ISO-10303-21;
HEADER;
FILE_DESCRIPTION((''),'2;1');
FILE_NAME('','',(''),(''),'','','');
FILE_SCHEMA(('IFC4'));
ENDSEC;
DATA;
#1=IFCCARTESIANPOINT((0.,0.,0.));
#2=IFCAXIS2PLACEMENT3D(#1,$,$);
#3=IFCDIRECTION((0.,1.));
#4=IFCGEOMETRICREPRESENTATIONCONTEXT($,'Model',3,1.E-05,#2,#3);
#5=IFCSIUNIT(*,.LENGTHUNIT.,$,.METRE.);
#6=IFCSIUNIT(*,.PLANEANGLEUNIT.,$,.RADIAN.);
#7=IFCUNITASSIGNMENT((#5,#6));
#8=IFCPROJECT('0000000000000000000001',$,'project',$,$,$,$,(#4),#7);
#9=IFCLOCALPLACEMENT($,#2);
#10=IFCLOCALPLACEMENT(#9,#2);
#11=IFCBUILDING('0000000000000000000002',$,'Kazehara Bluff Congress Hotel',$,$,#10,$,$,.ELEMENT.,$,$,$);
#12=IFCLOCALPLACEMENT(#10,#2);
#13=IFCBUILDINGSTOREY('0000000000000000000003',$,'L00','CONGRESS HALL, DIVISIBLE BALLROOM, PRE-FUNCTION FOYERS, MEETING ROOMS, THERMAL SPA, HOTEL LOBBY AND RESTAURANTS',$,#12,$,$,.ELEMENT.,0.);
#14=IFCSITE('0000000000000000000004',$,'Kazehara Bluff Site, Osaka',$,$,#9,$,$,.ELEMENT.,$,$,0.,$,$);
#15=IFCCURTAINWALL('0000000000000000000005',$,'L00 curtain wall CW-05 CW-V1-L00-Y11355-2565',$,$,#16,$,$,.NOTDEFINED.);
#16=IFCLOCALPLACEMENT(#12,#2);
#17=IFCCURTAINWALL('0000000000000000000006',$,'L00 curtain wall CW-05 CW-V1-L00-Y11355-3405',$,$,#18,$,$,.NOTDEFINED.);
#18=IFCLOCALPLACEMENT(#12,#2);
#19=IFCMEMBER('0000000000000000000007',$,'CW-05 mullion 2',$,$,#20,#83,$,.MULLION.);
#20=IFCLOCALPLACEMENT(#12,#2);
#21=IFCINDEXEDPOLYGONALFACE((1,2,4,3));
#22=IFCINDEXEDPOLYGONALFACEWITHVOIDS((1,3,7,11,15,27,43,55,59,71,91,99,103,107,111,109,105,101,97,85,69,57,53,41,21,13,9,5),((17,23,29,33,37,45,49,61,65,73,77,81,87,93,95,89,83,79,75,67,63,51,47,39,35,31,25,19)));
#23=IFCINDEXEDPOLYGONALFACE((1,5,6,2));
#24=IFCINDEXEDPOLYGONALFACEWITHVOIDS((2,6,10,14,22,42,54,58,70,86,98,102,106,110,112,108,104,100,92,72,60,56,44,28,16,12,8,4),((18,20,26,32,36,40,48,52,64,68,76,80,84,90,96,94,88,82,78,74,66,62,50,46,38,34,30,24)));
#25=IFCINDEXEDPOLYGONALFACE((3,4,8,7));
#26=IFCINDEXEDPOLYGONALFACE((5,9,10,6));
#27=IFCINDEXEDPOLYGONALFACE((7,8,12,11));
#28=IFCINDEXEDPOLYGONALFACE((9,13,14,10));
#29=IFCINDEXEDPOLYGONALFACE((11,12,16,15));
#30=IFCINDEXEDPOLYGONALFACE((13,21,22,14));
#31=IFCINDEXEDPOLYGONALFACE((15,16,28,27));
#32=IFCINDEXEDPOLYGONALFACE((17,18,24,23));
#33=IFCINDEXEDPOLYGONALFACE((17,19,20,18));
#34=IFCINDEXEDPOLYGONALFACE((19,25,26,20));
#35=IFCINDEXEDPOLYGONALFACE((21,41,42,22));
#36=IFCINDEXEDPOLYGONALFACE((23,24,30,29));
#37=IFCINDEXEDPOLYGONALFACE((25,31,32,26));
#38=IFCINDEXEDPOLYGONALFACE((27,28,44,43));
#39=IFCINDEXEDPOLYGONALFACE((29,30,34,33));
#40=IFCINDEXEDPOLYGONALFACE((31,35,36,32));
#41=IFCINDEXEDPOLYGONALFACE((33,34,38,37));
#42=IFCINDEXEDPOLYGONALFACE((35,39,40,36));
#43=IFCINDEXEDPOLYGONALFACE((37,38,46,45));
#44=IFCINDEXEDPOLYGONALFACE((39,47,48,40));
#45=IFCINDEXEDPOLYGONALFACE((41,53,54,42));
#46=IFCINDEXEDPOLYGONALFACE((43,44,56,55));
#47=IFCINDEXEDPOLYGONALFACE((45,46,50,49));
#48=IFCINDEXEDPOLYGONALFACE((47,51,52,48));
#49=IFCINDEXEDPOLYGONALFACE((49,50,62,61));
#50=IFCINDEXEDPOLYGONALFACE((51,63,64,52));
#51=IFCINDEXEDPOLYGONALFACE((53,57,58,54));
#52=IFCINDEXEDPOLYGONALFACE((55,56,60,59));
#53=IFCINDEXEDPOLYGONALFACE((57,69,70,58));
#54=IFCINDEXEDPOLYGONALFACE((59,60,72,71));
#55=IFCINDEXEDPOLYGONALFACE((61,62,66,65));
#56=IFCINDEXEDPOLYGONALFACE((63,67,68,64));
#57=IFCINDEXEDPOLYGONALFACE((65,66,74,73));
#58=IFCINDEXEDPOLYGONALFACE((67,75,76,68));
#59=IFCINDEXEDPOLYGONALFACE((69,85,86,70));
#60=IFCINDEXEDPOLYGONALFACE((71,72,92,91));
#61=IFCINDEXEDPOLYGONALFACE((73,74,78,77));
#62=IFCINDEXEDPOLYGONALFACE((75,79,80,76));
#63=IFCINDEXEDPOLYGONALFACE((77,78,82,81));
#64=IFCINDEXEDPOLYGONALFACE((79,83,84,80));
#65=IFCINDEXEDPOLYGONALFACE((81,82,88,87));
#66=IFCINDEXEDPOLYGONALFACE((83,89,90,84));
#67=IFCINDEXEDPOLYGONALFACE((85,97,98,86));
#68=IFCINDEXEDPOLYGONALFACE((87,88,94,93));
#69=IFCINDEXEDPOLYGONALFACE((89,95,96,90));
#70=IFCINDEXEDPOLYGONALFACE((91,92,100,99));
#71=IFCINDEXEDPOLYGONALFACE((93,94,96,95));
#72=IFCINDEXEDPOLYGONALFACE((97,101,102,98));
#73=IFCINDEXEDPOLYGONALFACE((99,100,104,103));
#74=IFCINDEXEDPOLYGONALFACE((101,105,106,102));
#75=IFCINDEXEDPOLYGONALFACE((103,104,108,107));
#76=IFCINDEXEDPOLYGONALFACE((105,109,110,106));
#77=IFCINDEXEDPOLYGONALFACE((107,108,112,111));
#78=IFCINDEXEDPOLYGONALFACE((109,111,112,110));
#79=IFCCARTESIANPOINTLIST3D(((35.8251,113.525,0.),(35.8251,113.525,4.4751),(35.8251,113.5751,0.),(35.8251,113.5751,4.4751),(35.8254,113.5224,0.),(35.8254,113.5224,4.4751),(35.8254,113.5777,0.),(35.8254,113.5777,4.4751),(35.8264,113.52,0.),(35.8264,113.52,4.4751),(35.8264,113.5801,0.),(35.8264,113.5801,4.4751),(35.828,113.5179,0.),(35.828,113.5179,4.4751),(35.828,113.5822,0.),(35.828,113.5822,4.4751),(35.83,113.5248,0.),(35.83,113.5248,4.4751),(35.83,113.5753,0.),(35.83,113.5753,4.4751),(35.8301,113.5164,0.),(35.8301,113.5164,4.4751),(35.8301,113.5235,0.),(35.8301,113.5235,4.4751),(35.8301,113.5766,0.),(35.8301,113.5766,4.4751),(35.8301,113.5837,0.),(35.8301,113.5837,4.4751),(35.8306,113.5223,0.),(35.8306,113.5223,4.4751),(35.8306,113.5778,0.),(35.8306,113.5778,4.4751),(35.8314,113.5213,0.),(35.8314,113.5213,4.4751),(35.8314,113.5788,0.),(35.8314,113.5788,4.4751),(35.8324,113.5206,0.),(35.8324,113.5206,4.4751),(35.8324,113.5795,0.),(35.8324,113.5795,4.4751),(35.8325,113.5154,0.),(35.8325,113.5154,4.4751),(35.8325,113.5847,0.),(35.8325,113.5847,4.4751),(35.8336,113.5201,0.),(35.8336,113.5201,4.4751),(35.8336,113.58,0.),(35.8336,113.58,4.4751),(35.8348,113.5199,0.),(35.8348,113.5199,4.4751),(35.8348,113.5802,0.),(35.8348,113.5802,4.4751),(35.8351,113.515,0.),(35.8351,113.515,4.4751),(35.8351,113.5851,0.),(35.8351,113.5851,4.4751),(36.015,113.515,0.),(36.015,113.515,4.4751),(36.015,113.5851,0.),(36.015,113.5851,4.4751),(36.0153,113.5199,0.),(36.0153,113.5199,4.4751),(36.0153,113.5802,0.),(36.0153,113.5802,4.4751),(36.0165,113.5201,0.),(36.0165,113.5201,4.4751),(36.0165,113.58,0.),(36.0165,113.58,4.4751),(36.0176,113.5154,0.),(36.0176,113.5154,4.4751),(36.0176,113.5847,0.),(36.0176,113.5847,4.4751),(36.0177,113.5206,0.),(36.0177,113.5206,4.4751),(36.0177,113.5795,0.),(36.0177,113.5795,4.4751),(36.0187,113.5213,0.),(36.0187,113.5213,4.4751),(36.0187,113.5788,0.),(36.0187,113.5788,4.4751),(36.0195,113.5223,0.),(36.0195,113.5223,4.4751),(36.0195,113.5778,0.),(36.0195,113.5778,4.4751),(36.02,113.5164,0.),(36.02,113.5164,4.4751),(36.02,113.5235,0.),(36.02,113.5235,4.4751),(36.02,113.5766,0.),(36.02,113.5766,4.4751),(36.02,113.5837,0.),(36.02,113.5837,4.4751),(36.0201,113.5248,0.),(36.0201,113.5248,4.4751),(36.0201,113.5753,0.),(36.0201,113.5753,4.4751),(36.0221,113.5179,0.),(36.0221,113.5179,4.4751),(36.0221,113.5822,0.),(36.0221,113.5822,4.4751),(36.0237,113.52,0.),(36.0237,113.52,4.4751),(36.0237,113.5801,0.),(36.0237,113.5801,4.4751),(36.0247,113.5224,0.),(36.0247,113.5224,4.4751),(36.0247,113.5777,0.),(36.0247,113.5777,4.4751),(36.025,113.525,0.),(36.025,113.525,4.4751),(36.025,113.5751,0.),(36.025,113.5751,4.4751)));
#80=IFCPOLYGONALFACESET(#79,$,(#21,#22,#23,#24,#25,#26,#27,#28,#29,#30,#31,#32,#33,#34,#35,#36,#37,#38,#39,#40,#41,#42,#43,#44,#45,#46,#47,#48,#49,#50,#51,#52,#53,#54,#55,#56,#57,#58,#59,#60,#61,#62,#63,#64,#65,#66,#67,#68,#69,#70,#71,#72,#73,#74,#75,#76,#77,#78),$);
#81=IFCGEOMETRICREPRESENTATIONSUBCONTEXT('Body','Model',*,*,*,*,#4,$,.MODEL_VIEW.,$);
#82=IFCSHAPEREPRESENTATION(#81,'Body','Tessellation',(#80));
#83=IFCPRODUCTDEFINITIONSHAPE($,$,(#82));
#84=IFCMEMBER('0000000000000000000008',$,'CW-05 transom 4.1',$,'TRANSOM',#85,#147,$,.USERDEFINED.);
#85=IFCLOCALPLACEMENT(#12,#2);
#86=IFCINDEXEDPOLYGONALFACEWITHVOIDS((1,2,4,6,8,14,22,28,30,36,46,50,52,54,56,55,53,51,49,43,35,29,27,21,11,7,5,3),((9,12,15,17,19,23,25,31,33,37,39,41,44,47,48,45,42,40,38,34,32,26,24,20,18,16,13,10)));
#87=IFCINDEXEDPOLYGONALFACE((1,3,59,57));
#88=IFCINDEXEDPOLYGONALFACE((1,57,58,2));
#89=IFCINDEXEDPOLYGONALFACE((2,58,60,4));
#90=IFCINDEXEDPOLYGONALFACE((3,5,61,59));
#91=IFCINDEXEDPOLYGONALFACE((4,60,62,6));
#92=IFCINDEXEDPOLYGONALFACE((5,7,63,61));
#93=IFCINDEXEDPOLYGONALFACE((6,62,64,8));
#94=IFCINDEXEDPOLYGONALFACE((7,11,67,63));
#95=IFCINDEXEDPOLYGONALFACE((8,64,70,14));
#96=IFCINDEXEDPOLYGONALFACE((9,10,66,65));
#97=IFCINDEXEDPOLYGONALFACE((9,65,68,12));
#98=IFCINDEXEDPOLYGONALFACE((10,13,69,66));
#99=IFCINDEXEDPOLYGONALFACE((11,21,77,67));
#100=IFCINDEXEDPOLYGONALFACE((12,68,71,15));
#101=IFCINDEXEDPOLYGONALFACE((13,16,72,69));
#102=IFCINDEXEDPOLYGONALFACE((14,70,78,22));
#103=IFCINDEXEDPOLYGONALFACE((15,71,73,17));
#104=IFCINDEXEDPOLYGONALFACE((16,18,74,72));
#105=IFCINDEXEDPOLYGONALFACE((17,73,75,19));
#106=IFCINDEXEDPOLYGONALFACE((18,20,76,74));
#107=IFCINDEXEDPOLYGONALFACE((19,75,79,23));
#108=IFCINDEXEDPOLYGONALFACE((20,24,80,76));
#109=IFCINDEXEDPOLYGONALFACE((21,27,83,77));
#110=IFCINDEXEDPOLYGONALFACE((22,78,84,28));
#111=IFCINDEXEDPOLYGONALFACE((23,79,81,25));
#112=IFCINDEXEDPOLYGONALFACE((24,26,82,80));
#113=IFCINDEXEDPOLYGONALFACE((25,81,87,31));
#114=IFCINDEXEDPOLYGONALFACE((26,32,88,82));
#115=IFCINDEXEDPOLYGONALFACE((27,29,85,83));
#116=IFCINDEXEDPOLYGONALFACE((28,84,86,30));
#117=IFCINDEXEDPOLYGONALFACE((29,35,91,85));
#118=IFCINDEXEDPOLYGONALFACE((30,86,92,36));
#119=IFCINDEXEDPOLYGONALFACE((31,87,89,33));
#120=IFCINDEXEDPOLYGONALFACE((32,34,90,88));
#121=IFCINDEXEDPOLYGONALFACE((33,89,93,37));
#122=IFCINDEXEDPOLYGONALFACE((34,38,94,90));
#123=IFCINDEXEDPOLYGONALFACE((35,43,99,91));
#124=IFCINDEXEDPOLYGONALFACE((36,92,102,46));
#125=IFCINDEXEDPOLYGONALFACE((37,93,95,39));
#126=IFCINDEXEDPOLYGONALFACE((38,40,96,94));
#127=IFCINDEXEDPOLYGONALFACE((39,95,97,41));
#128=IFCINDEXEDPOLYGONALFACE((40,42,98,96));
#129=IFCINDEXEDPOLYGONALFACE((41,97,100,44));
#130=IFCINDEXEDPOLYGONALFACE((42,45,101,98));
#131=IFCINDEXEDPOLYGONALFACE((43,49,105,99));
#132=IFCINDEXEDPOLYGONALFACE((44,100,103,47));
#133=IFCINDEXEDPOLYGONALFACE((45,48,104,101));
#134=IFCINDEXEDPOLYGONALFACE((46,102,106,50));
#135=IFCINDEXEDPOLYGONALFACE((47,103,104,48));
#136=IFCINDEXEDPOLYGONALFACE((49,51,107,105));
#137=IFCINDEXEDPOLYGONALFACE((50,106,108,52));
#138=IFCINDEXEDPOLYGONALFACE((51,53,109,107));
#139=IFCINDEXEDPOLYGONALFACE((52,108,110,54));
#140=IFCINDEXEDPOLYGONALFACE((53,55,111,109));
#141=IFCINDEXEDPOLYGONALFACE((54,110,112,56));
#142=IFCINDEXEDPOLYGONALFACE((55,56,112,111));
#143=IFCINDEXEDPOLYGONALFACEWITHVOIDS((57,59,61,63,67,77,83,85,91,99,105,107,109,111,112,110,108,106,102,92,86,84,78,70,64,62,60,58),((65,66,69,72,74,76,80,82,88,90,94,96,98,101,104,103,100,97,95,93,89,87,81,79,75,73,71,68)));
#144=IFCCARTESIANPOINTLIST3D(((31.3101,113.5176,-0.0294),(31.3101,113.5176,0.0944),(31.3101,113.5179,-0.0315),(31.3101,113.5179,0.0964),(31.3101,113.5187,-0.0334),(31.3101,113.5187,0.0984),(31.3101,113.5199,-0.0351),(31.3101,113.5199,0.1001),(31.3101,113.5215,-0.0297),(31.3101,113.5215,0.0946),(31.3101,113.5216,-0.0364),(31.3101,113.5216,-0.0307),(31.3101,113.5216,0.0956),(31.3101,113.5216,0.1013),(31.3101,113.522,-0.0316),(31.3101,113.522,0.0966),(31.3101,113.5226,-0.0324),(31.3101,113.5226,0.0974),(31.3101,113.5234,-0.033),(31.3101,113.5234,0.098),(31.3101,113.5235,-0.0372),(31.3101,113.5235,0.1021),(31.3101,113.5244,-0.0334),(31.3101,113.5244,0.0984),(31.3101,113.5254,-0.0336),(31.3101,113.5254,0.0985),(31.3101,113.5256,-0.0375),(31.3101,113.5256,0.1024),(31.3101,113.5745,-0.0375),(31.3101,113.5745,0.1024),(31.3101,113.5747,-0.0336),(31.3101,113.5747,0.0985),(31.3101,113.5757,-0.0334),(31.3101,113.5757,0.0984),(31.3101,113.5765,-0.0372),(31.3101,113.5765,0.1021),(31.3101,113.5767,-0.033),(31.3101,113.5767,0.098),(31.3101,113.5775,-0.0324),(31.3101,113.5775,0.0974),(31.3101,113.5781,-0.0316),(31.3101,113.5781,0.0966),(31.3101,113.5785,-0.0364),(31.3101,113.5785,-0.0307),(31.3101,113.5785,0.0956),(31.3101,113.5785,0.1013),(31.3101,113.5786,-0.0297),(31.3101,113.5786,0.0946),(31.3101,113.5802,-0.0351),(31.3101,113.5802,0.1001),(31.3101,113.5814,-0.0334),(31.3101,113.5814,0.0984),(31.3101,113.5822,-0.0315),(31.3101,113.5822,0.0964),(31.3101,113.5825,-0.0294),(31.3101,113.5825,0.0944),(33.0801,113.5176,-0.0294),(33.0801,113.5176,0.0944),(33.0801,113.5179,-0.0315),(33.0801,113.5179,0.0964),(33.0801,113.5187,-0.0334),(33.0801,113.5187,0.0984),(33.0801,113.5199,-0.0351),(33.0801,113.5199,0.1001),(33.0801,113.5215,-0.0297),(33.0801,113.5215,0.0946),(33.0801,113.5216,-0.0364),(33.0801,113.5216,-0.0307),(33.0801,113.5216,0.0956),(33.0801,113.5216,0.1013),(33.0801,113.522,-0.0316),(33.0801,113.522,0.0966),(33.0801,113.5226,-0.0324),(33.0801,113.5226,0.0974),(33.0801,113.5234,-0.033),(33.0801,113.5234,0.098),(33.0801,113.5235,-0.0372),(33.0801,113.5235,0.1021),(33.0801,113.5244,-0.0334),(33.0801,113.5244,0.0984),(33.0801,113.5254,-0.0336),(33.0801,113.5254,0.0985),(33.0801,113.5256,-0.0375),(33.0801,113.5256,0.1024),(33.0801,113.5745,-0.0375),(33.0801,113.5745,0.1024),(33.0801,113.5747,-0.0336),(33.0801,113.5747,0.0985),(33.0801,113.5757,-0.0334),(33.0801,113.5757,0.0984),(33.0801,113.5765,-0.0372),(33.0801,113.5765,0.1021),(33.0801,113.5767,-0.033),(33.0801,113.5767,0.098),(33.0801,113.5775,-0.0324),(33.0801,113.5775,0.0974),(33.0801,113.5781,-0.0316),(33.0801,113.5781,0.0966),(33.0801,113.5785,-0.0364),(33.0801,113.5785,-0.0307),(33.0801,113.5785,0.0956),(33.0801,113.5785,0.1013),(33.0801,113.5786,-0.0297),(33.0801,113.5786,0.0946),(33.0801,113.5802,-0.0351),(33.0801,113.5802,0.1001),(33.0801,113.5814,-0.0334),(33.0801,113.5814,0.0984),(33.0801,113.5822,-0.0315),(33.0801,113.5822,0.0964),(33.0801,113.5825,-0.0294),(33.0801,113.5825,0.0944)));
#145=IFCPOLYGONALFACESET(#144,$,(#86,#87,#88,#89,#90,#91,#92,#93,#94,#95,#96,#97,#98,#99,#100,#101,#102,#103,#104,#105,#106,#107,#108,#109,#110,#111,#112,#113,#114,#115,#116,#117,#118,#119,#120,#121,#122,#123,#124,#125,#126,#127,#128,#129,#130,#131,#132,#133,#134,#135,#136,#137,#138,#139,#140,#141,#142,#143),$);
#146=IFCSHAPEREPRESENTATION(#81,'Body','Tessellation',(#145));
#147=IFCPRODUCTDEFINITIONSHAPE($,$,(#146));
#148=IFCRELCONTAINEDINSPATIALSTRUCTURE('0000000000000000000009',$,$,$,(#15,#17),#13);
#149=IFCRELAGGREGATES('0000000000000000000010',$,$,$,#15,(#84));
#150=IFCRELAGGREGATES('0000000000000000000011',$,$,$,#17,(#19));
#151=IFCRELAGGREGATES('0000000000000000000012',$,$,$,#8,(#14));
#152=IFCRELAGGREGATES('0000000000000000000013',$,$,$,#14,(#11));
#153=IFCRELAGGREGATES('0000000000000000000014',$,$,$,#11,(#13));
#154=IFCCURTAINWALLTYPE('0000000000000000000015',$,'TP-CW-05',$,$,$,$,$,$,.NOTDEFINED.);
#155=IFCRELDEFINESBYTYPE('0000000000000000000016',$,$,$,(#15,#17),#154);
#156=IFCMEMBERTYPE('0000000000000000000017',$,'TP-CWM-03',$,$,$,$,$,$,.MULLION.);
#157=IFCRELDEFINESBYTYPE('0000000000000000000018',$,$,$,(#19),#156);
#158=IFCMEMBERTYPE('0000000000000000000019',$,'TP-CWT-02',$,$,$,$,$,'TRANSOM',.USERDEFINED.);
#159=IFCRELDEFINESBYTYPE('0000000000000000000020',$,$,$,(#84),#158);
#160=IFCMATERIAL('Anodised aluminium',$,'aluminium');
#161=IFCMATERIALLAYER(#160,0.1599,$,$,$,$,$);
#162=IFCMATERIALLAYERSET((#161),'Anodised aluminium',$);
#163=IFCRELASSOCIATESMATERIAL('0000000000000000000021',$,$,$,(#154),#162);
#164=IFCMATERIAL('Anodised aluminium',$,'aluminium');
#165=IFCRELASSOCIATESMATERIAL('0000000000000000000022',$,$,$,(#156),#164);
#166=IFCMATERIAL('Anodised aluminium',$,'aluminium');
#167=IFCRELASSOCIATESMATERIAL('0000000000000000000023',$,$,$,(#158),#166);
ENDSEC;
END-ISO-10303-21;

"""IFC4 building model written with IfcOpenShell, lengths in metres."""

from ifc_helpers import new_model, si_unit, direction, frame, origin, origin_2d, place, context, subcontext, project, spatial, hollow_rectangle, extrude, material, layer, layer_set, material_profile, profile_set, type_object, element, aggregate, save


model = new_model("IFC4")

# Units and contexts
model_context = context("Model", 3, precision=1e-05, world=origin(), true_north=direction((0.0, 1.0)))
body_context = subcontext(model_context, "Body", "Model", "MODEL_VIEW")
ifc_project = project(units=[si_unit("LENGTHUNIT", "METRE"), si_unit("PLANEANGLEUNIT", "RADIAN")], contexts=[model_context])

# Site, building, storey
site_placement = place(None, origin())
site = spatial("IfcSite", under=ifc_project, at=site_placement, Name="Kazehara Bluff Site, Osaka", CompositionType="ELEMENT", RefElevation=0.0)
building_placement = place(site_placement, origin())
building = spatial("IfcBuilding", under=site, at=building_placement, Name="Kazehara Bluff Congress Hotel", CompositionType="ELEMENT")
storey_placement = place(building_placement, origin())
storey = spatial("IfcBuildingStorey", under=building, at=storey_placement, Name="L00", Description="CONGRESS HALL, DIVISIBLE BALLROOM, PRE-FUNCTION FOYERS, MEETING ROOMS, THERMAL SPA, HOTEL LOBBY AND RESTAURANTS", CompositionType="ELEMENT", Elevation=0.0)

# Curtain walls, member
ifc_material_1 = material(Name="Anodised aluminium", Category="aluminium")
ifc_layer_1 = layer(ifc_material_1, 0.1599)
ifc_layer_set_1 = layer_set([ifc_layer_1], Name="Anodised aluminium")
curtain_wall_type = type_object("IfcCurtainWallType", Name="TP-CW-05", PredefinedType="NOTDEFINED", material=ifc_layer_set_1)
curtain_wall_1_placement = place(storey_placement, origin())
curtain_wall_1 = element("IfcCurtainWall", 1, at=curtain_wall_1_placement, inside=storey, type_object=curtain_wall_type, Name="L00 curtain wall CW-05 CW-V1-L00-Y11355-2565", PredefinedType="NOTDEFINED")
ifc_material_2 = material(Name="Anodised aluminium", Category="aluminium")
ifc_material_profile_1 = material_profile(ifc_material_2, hollow_rectangle(XDim=0.0701, YDim=0.2, WallThickness=0.0049, InnerFilletRadius=0.0049, OuterFilletRadius=0.01, at=origin_2d()))
ifc_profile_set_1 = profile_set([ifc_material_profile_1], Name="Anodised aluminium")
member_type_1 = type_object("IfcMemberType", Name="TP-CWM-03", PredefinedType="MULLION", material=ifc_profile_set_1)
curtain_wall_2_placement = place(storey_placement, origin())
curtain_wall_2 = element("IfcCurtainWall", 2, at=curtain_wall_2_placement, inside=storey, type_object=curtain_wall_type, Name="L00 curtain wall CW-05 CW-V1-L00-Y11355-3405", PredefinedType="NOTDEFINED")
member_1_placement = place(storey_placement, frame((35.925, 113.55, 0.0), z_axis=(0.0, 0.0, 1.0), x_axis=(0.0, 1.0, 0.0)))
member_1 = element("IfcMember", 3, at=member_1_placement, type_object=member_type_1, Name="CW-05 mullion 2", PredefinedType="MULLION", context=body_context, shape_type="SweptSolid", body=[
    extrude(hollow_rectangle(XDim=0.0701, YDim=0.2, WallThickness=0.0049, InnerFilletRadius=0.0049, OuterFilletRadius=0.01, at=origin_2d()), origin(), (0.0, 0.0, 1.0), 4.4751),
])

# Member
ifc_material_3 = material(Name="Anodised aluminium", Category="aluminium")
ifc_material_profile_2 = material_profile(ifc_material_3, hollow_rectangle(XDim=0.0649, YDim=0.1399, WallThickness=0.0039, InnerFilletRadius=0.0039, OuterFilletRadius=0.0081, at=origin_2d()))
ifc_profile_set_2 = profile_set([ifc_material_profile_2], Name="Anodised aluminium")
member_type_2 = type_object("IfcMemberType", Name="TP-CWT-02", ElementType="TRANSOM", PredefinedType="USERDEFINED", material=ifc_profile_set_2)
member_2_placement = place(storey_placement, frame((31.3101, 113.55, 0.0325), z_axis=(1.0, 0.0, 0.0), x_axis=(0.0, 1.0, 0.0)))
member_2 = element("IfcMember", 4, at=member_2_placement, type_object=member_type_2, Name="CW-05 transom 4.1", ObjectType="TRANSOM", PredefinedType="USERDEFINED", context=body_context, shape_type="SweptSolid", body=[
    extrude(hollow_rectangle(XDim=0.0649, YDim=0.1399, WallThickness=0.0039, InnerFilletRadius=0.0039, OuterFilletRadius=0.0081, at=origin_2d()), origin(), (0.0, 0.0, 1.0), 1.77),
])

aggregate(curtain_wall_1, [member_2])
aggregate(curtain_wall_2, [member_1])

save(model, "model.ifc")
